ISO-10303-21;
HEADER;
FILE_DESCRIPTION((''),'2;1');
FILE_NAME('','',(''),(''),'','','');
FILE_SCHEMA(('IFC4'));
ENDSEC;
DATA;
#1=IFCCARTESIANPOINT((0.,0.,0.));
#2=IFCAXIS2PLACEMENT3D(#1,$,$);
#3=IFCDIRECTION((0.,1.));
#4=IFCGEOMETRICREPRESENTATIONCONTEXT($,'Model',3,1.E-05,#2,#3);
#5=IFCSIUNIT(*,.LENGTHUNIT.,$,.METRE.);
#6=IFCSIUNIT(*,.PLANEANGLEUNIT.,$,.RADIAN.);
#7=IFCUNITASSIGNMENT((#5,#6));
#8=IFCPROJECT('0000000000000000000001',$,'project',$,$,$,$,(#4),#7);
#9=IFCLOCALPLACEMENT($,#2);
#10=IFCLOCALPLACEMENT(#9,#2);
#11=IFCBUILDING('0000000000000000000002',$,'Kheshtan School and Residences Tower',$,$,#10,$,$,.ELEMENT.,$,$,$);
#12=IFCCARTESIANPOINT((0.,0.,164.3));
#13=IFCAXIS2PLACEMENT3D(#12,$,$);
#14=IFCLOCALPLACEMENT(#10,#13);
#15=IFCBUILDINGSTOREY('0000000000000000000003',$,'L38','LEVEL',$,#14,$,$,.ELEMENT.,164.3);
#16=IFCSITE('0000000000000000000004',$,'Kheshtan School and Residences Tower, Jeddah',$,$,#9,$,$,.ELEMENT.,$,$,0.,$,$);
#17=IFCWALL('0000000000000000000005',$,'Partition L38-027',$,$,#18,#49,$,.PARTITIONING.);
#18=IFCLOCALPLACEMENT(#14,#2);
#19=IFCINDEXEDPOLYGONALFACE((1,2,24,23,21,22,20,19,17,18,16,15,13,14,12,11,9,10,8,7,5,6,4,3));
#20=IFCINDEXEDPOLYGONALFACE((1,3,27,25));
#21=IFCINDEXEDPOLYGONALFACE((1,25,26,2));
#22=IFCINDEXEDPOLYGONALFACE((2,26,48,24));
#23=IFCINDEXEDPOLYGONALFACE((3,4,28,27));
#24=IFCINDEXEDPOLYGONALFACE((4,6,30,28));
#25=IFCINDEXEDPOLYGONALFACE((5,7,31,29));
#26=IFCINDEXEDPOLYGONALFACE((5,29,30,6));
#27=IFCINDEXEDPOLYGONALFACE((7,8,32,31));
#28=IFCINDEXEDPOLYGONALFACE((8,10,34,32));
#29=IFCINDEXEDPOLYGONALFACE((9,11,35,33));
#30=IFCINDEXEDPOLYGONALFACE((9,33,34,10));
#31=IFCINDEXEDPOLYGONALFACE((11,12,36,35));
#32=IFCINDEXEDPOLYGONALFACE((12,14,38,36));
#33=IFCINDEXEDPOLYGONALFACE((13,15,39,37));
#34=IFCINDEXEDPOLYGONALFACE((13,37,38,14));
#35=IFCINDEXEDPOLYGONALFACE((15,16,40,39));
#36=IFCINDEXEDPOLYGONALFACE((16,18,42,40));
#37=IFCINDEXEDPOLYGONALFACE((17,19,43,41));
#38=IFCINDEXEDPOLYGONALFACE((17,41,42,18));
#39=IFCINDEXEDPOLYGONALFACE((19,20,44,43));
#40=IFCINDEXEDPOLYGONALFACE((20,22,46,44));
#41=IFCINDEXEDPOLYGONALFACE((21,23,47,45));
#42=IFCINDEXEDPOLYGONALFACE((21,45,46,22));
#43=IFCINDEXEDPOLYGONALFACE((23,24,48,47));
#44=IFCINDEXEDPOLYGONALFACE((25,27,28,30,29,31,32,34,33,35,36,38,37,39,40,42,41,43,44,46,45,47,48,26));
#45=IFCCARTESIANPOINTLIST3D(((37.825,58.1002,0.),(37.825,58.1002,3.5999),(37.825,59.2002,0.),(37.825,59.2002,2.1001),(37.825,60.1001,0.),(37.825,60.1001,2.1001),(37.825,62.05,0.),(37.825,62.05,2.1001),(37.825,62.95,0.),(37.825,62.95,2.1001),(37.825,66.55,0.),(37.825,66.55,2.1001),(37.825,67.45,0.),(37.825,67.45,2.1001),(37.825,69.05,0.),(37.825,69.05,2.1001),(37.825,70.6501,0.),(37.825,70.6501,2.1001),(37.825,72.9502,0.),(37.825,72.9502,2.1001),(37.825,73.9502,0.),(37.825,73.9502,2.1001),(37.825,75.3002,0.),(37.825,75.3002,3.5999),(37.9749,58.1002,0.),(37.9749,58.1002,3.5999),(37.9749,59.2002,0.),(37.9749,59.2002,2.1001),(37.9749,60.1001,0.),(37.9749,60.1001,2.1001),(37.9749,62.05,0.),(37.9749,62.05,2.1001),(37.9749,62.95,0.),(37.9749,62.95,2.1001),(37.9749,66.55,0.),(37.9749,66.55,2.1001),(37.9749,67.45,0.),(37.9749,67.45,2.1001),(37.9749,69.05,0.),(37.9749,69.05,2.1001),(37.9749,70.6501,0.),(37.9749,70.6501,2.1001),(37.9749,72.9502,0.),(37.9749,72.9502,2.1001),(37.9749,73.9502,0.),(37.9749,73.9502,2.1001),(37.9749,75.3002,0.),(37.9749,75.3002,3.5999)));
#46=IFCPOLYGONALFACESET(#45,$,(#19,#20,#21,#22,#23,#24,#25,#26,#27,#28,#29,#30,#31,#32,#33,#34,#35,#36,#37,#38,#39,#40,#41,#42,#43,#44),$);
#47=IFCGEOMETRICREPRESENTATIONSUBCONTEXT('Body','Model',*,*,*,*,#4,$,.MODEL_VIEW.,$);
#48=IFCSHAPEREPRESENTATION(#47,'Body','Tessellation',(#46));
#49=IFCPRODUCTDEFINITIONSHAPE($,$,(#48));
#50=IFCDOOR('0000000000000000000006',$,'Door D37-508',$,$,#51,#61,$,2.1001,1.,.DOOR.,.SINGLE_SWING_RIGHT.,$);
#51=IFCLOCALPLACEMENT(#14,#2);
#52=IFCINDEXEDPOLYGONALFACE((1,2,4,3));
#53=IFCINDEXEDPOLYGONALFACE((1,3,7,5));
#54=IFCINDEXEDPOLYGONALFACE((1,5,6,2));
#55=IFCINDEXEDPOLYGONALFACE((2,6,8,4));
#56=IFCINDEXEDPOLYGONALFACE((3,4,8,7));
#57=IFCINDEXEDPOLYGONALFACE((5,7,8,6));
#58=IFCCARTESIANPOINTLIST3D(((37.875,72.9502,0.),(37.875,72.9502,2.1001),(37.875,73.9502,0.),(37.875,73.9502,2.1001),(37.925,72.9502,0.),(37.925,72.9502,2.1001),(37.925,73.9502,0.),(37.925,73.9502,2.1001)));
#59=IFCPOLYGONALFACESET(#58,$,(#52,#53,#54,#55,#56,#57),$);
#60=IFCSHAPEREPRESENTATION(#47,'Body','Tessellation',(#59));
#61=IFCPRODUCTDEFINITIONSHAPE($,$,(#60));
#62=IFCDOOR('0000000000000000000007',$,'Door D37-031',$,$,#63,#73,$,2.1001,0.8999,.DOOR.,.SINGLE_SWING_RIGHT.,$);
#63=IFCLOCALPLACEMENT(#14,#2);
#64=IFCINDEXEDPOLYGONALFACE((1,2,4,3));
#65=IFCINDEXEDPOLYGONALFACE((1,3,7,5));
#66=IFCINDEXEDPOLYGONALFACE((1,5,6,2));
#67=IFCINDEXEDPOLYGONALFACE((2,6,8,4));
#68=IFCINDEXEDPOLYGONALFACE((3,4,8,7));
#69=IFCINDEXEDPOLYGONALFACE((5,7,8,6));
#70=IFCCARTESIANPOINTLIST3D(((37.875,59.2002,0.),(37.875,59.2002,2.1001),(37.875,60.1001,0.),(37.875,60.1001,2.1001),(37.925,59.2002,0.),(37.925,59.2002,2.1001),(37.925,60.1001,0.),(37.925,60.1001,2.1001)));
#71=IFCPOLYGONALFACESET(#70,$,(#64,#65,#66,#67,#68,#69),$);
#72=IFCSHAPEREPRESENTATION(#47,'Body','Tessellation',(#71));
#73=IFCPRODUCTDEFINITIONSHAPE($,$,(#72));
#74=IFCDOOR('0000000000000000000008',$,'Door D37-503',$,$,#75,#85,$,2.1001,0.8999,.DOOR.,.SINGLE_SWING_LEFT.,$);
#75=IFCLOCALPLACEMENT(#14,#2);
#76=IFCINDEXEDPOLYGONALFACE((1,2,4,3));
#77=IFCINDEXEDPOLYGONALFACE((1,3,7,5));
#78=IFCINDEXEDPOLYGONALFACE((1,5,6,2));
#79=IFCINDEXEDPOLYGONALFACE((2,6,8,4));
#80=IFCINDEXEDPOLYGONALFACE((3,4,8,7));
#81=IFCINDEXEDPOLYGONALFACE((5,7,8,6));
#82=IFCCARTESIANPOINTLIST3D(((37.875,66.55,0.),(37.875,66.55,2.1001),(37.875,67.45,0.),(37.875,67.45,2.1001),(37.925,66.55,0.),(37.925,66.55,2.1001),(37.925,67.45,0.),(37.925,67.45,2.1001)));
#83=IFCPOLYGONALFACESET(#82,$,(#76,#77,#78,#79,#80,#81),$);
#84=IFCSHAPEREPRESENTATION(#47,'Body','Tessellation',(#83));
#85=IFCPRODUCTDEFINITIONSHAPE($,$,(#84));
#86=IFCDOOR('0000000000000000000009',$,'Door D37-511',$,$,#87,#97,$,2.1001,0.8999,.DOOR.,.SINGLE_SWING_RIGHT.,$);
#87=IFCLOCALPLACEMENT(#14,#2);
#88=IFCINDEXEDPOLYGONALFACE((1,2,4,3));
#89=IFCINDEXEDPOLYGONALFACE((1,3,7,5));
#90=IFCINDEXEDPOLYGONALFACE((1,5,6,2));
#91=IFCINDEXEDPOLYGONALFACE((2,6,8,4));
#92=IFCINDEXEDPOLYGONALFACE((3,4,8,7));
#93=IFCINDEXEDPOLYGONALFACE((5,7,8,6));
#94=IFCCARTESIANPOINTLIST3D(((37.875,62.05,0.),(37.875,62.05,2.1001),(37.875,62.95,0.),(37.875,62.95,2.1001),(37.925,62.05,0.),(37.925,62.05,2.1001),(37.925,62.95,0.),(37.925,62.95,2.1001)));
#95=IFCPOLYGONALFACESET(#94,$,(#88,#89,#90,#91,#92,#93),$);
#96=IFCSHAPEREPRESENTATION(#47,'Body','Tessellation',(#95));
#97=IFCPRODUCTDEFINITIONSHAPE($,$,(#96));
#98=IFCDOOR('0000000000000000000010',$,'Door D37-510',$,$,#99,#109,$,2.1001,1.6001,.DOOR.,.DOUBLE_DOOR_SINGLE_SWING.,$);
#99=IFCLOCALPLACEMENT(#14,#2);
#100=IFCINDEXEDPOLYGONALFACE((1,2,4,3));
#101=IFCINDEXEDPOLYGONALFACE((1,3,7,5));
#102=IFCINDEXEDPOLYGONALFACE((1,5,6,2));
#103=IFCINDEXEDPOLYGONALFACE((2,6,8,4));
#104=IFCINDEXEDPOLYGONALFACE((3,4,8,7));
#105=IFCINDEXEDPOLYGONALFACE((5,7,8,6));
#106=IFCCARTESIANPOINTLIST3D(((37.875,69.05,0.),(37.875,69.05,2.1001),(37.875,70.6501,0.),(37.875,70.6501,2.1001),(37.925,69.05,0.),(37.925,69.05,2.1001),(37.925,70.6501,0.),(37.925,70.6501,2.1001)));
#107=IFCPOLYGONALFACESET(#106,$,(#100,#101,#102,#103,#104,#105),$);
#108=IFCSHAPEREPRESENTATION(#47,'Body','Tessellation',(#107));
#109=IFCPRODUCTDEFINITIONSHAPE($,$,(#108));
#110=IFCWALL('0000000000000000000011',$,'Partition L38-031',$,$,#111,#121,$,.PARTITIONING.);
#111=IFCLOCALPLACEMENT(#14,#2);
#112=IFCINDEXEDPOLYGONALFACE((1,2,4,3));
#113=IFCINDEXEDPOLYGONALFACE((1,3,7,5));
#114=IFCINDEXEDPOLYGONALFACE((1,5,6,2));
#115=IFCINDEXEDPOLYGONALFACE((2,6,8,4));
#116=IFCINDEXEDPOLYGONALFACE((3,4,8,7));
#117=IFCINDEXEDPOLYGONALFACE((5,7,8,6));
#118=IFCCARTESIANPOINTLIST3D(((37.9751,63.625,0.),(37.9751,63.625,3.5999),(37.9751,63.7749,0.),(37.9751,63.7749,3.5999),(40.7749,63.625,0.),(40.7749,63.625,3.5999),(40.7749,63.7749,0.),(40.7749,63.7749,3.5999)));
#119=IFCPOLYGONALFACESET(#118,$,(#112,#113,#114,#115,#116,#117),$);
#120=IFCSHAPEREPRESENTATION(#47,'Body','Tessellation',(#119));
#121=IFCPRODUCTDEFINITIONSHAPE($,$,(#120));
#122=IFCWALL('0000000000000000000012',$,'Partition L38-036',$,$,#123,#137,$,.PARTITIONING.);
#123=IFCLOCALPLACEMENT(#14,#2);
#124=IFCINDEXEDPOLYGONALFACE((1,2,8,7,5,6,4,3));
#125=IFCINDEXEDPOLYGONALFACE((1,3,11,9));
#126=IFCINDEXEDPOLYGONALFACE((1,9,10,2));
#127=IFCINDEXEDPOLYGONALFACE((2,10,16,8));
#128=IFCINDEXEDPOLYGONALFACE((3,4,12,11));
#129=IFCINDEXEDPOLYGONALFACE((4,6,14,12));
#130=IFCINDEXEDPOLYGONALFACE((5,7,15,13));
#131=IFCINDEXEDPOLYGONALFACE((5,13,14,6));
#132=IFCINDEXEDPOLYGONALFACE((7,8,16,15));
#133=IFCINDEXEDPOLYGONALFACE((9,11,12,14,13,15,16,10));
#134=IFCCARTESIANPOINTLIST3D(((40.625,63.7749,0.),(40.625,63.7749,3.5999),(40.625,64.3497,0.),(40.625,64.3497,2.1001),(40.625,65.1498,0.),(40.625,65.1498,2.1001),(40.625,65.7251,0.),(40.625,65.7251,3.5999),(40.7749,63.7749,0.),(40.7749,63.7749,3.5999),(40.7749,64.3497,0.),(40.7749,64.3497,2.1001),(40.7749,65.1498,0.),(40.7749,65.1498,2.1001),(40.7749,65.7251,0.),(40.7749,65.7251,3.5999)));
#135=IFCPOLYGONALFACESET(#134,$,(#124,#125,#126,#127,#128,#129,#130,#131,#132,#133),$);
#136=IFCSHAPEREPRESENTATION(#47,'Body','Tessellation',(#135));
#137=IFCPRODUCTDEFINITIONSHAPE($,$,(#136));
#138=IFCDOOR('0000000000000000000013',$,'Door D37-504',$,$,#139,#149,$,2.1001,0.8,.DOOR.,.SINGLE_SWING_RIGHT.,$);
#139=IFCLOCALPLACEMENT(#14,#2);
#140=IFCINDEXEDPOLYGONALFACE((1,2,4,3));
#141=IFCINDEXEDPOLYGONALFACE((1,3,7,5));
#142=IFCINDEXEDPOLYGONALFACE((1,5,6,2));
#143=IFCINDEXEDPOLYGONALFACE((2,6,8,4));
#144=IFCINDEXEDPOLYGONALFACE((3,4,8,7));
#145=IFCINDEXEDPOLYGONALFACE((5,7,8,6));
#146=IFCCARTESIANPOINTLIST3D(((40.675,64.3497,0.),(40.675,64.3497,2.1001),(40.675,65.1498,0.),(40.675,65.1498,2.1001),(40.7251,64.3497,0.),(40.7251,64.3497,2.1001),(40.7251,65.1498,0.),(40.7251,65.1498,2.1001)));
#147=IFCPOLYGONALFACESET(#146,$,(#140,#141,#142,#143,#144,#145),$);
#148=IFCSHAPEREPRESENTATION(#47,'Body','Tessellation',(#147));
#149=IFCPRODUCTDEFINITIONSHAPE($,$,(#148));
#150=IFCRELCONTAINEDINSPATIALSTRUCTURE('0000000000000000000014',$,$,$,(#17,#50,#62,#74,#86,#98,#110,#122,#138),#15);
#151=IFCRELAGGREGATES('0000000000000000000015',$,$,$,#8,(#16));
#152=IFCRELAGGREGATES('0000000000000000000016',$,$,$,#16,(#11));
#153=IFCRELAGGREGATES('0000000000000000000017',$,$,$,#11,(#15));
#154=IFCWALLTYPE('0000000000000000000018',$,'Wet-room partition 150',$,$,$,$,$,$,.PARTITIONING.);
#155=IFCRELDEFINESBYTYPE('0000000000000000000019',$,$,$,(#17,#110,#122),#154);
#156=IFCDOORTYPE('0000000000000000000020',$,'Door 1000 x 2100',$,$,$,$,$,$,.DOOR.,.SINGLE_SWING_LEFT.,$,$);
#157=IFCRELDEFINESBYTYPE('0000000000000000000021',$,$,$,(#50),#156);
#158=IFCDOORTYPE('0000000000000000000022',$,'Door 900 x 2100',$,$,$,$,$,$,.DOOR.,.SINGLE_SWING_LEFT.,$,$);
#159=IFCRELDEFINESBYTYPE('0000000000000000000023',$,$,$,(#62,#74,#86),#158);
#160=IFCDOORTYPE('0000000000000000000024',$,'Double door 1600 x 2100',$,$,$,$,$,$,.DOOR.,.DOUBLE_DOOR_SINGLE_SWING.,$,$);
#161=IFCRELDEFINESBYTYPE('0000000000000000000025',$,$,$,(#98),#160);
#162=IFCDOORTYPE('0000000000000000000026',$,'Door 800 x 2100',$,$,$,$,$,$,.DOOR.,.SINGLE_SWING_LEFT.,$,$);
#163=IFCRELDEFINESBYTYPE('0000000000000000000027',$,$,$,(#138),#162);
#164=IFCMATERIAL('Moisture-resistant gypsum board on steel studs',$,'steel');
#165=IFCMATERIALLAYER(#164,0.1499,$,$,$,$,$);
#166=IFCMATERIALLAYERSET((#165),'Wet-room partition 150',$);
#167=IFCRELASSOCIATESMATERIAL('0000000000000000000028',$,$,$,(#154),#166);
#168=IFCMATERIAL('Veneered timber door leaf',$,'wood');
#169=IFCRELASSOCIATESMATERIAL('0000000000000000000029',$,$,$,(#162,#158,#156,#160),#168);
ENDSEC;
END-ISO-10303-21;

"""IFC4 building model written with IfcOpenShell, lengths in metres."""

from ifc_helpers import new_model, si_unit, direction, frame, frame_2d, origin, place, context, subcontext, project, spatial, rectangle, extrude, source, transform, mapped, material, layer, layer_set, type_object, element, fill, save


model = new_model("IFC4")

# Units and contexts
model_context = context("Model", 3, precision=1e-05, world=origin(), true_north=direction((0.0, 1.0)))
body_context = subcontext(model_context, "Body", "Model", "MODEL_VIEW")
ifc_project = project(units=[si_unit("LENGTHUNIT", "METRE"), si_unit("PLANEANGLEUNIT", "RADIAN")], contexts=[model_context])

# Site, building, storey
site_placement = place(None, origin())
site = spatial("IfcSite", under=ifc_project, at=site_placement, Name="Kheshtan School and Residences Tower, Jeddah", CompositionType="ELEMENT", RefElevation=0.0)
building_placement = place(site_placement, origin())
building = spatial("IfcBuilding", under=site, at=building_placement, Name="Kheshtan School and Residences Tower", CompositionType="ELEMENT")
storey_placement = place(building_placement, frame((0.0, 0.0, 164.3)))
storey = spatial("IfcBuildingStorey", under=building, at=storey_placement, Name="L38", Description="LEVEL", CompositionType="ELEMENT", Elevation=164.3)

# Shared definitions
ifc_material_1 = material(Name="Moisture-resistant gypsum board on steel studs", Category="steel")
ifc_layer_1 = layer(ifc_material_1, 0.1499)
ifc_layer_set_1 = layer_set([ifc_layer_1], Name="Wet-room partition 150")
wall_type_1 = type_object("IfcWallType", Name="Wet-room partition 150", PredefinedType="PARTITIONING", material=ifc_layer_set_1)
ifc_material_2 = material(Name="Veneered timber door leaf", Category="wood")
door_type_1 = type_object("IfcDoorType", Name="Door 800 x 2100", OperationType="SINGLE_SWING_LEFT", PredefinedType="DOOR", material=ifc_material_2)
shared_shape_1 = source(origin(), body_context, "Body", "SweptSolid", [
    extrude(rectangle(XDim=0.8, YDim=2.1001, at=frame_2d((0.3999, 1.05))), frame((0.0, 0.0249, 0.0), z_axis=(0.0, -1.0, 0.0), x_axis=(1.0, 0.0, 0.0)), (0.0, 0.0, 1.0), 0.05),
])

# Wall, openings, doors
door_type_2 = type_object("IfcDoorType", Name="Door 900 x 2100", OperationType="SINGLE_SWING_LEFT", PredefinedType="DOOR", material=ifc_material_2)
shared_shape_2 = source(origin(), body_context, "Body", "SweptSolid", [
    extrude(rectangle(XDim=0.8999, YDim=2.1001, at=frame_2d((0.45, 1.05))), frame((0.0, 0.0249, 0.0), z_axis=(0.0, -1.0, 0.0), x_axis=(1.0, 0.0, 0.0)), (0.0, 0.0, 1.0), 0.05),
])
wall_1_placement = place(storey_placement, frame((37.8999, 58.1001, 0.0), z_axis=(0.0, 0.0, 1.0), x_axis=(0.0, 1.0, 0.0)))
wall_1 = element("IfcWall", 1, at=wall_1_placement, inside=storey, type_object=wall_type_1, Name="Partition L38-027", PredefinedType="PARTITIONING", context=body_context, shape_type="SweptSolid", body=[
    extrude(rectangle(XDim=17.2, YDim=0.1499, at=frame_2d((8.6001, 0.0))), origin(), (0.0, 0.0, 1.0), 3.5999),
])
opening_1_placement = place(wall_1_placement, frame((1.1001, 0.0, 0.0)))
opening_1 = element("IfcOpeningElement", 2, at=opening_1_placement, cuts=wall_1, PredefinedType="OPENING", context=body_context, shape_type="SweptSolid", body=[
    extrude(rectangle(XDim=0.8999, YDim=2.1001, at=frame_2d((0.45, 1.05))), frame((0.0, 0.085, 0.0), z_axis=(0.0, -1.0, 0.0), x_axis=(1.0, 0.0, 0.0)), (0.0, 0.0, 1.0), 0.1699),
])
opening_2_placement = place(wall_1_placement, frame((8.45, 0.0, 0.0)))
opening_2 = element("IfcOpeningElement", 3, at=opening_2_placement, cuts=wall_1, PredefinedType="OPENING", context=body_context, shape_type="SweptSolid", body=[
    extrude(rectangle(XDim=0.8999, YDim=2.1001, at=frame_2d((0.45, 1.05))), frame((0.0, 0.085, 0.0), z_axis=(0.0, -1.0, 0.0), x_axis=(1.0, 0.0, 0.0)), (0.0, 0.0, 1.0), 0.1699),
])
opening_3_placement = place(wall_1_placement, frame((14.8501, 0.0, 0.0)))
opening_3 = element("IfcOpeningElement", 4, at=opening_3_placement, cuts=wall_1, PredefinedType="OPENING", context=body_context, shape_type="SweptSolid", body=[
    extrude(rectangle(XDim=1.0, YDim=2.1001, at=frame_2d((0.5, 1.05))), frame((0.0, 0.085, 0.0), z_axis=(0.0, -1.0, 0.0), x_axis=(1.0, 0.0, 0.0)), (0.0, 0.0, 1.0), 0.1699),
])
opening_4_placement = place(wall_1_placement, frame((10.95, 0.0, 0.0)))
opening_4 = element("IfcOpeningElement", 5, at=opening_4_placement, cuts=wall_1, PredefinedType="OPENING", context=body_context, shape_type="SweptSolid", body=[
    extrude(rectangle(XDim=1.6001, YDim=2.1001, at=frame_2d((0.8, 1.05))), frame((0.0, 0.085, 0.0), z_axis=(0.0, -1.0, 0.0), x_axis=(1.0, 0.0, 0.0)), (0.0, 0.0, 1.0), 0.1699),
])
opening_5_placement = place(wall_1_placement, frame((3.95, 0.0, 0.0)))
opening_5 = element("IfcOpeningElement", 6, at=opening_5_placement, cuts=wall_1, PredefinedType="OPENING", context=body_context, shape_type="SweptSolid", body=[
    extrude(rectangle(XDim=0.8999, YDim=2.1001, at=frame_2d((0.45, 1.05))), frame((0.0, 0.085, 0.0), z_axis=(0.0, -1.0, 0.0), x_axis=(1.0, 0.0, 0.0)), (0.0, 0.0, 1.0), 0.1699),
])
door_type_3 = type_object("IfcDoorType", Name="Door 1000 x 2100", OperationType="SINGLE_SWING_LEFT", PredefinedType="DOOR", material=ifc_material_2)
shared_shape_3 = source(origin(), body_context, "Body", "SweptSolid", [
    extrude(rectangle(XDim=1.0, YDim=2.1001, at=frame_2d((0.5, 1.05))), frame((0.0, 0.0249, 0.0), z_axis=(0.0, -1.0, 0.0), x_axis=(1.0, 0.0, 0.0)), (0.0, 0.0, 1.0), 0.05),
])
door_1_placement = place(opening_3_placement, origin())
door_1 = element("IfcDoor", 7, at=door_1_placement, inside=storey, type_object=door_type_3, Name="Door D37-508", OperationType="SINGLE_SWING_RIGHT", OverallHeight=2.1001, OverallWidth=1.0, PredefinedType="DOOR", context=body_context, shape_type="MappedRepresentation", body=[
    mapped(shared_shape_3, transform((0.0, 0.0, 0.0), x_axis=(1.0, 0.0, 0.0), y_axis=(0.0, 1.0, 0.0), z_axis=(0.0, 0.0, 1.0), scale=1.0)),
])
fill(opening_3, door_1)
door_2_placement = place(opening_1_placement, origin())
door_2 = element("IfcDoor", 8, at=door_2_placement, inside=storey, type_object=door_type_2, Name="Door D37-031", OperationType="SINGLE_SWING_RIGHT", OverallHeight=2.1001, OverallWidth=0.8999, PredefinedType="DOOR", context=body_context, shape_type="MappedRepresentation", body=[
    mapped(shared_shape_2, transform((0.0, 0.0, 0.0), x_axis=(1.0, 0.0, 0.0), y_axis=(0.0, 1.0, 0.0), z_axis=(0.0, 0.0, 1.0), scale=1.0)),
])
fill(opening_1, door_2)
door_3_placement = place(opening_2_placement, origin())
door_3 = element("IfcDoor", 9, at=door_3_placement, inside=storey, type_object=door_type_2, Name="Door D37-503", OperationType="SINGLE_SWING_LEFT", OverallHeight=2.1001, OverallWidth=0.8999, PredefinedType="DOOR", context=body_context, shape_type="MappedRepresentation", body=[
    mapped(shared_shape_2, transform((0.0, 0.0, 0.0), x_axis=(1.0, 0.0, 0.0), y_axis=(0.0, 1.0, 0.0), z_axis=(0.0, 0.0, 1.0), scale=1.0)),
])
fill(opening_2, door_3)
door_4_placement = place(opening_5_placement, origin())
door_4 = element("IfcDoor", 10, at=door_4_placement, inside=storey, type_object=door_type_2, Name="Door D37-511", OperationType="SINGLE_SWING_RIGHT", OverallHeight=2.1001, OverallWidth=0.8999, PredefinedType="DOOR", context=body_context, shape_type="MappedRepresentation", body=[
    mapped(shared_shape_2, transform((0.0, 0.0, 0.0), x_axis=(1.0, 0.0, 0.0), y_axis=(0.0, 1.0, 0.0), z_axis=(0.0, 0.0, 1.0), scale=1.0)),
])
fill(opening_5, door_4)
door_type_4 = type_object("IfcDoorType", Name="Double door 1600 x 2100", OperationType="DOUBLE_DOOR_SINGLE_SWING", PredefinedType="DOOR", material=ifc_material_2)
shared_shape_4 = source(origin(), body_context, "Body", "SweptSolid", [
    extrude(rectangle(XDim=1.6001, YDim=2.1001, at=frame_2d((0.8, 1.05))), frame((0.0, 0.0249, 0.0), z_axis=(0.0, -1.0, 0.0), x_axis=(1.0, 0.0, 0.0)), (0.0, 0.0, 1.0), 0.05),
])
door_5_placement = place(opening_4_placement, origin())
door_5 = element("IfcDoor", 11, at=door_5_placement, inside=storey, type_object=door_type_4, Name="Door D37-510", OperationType="DOUBLE_DOOR_SINGLE_SWING", OverallHeight=2.1001, OverallWidth=1.6001, PredefinedType="DOOR", context=body_context, shape_type="MappedRepresentation", body=[
    mapped(shared_shape_4, transform((0.0, 0.0, 0.0), x_axis=(1.0, 0.0, 0.0), y_axis=(0.0, 1.0, 0.0), z_axis=(0.0, 0.0, 1.0), scale=1.0)),
])
fill(opening_4, door_5)

# Wall
wall_2_placement = place(storey_placement, frame((37.9751, 63.7, 0.0), z_axis=(0.0, 0.0, 1.0), x_axis=(1.0, 0.0, 0.0)))
element("IfcWall", 12, at=wall_2_placement, inside=storey, type_object=wall_type_1, Name="Partition L38-031", PredefinedType="PARTITIONING", context=body_context, shape_type="SweptSolid", body=[
    extrude(rectangle(XDim=2.7998, YDim=0.1499, at=frame_2d((1.3999, 0.0))), origin(), (0.0, 0.0, 1.0), 3.5999),
])

# Wall, opening, door
wall_3_placement = place(storey_placement, frame((40.7, 63.7749, 0.0), z_axis=(0.0, 0.0, 1.0), x_axis=(0.0, 1.0, 0.0)))
wall_3 = element("IfcWall", 13, at=wall_3_placement, inside=storey, type_object=wall_type_1, Name="Partition L38-036", PredefinedType="PARTITIONING", context=body_context, shape_type="SweptSolid", body=[
    extrude(rectangle(XDim=1.9502, YDim=0.1499, at=frame_2d((0.9751, 0.0))), origin(), (0.0, 0.0, 1.0), 3.5999),
])
opening_6_placement = place(wall_3_placement, frame((0.575, 0.0, 0.0)))
opening_6 = element("IfcOpeningElement", 14, at=opening_6_placement, cuts=wall_3, PredefinedType="OPENING", context=body_context, shape_type="SweptSolid", body=[
    extrude(rectangle(XDim=0.8, YDim=2.1001, at=frame_2d((0.3999, 1.05))), frame((0.0, 0.085, 0.0), z_axis=(0.0, -1.0, 0.0), x_axis=(1.0, 0.0, 0.0)), (0.0, 0.0, 1.0), 0.1699),
])
door_6_placement = place(opening_6_placement, origin())
door_6 = element("IfcDoor", 15, at=door_6_placement, inside=storey, type_object=door_type_1, Name="Door D37-504", OperationType="SINGLE_SWING_RIGHT", OverallHeight=2.1001, OverallWidth=0.8, PredefinedType="DOOR", context=body_context, shape_type="MappedRepresentation", body=[
    mapped(shared_shape_1, transform((0.0, 0.0, 0.0), x_axis=(1.0, 0.0, 0.0), y_axis=(0.0, 1.0, 0.0), z_axis=(0.0, 0.0, 1.0), scale=1.0)),
])
fill(opening_6, door_6)

save(model, "model.ifc")
